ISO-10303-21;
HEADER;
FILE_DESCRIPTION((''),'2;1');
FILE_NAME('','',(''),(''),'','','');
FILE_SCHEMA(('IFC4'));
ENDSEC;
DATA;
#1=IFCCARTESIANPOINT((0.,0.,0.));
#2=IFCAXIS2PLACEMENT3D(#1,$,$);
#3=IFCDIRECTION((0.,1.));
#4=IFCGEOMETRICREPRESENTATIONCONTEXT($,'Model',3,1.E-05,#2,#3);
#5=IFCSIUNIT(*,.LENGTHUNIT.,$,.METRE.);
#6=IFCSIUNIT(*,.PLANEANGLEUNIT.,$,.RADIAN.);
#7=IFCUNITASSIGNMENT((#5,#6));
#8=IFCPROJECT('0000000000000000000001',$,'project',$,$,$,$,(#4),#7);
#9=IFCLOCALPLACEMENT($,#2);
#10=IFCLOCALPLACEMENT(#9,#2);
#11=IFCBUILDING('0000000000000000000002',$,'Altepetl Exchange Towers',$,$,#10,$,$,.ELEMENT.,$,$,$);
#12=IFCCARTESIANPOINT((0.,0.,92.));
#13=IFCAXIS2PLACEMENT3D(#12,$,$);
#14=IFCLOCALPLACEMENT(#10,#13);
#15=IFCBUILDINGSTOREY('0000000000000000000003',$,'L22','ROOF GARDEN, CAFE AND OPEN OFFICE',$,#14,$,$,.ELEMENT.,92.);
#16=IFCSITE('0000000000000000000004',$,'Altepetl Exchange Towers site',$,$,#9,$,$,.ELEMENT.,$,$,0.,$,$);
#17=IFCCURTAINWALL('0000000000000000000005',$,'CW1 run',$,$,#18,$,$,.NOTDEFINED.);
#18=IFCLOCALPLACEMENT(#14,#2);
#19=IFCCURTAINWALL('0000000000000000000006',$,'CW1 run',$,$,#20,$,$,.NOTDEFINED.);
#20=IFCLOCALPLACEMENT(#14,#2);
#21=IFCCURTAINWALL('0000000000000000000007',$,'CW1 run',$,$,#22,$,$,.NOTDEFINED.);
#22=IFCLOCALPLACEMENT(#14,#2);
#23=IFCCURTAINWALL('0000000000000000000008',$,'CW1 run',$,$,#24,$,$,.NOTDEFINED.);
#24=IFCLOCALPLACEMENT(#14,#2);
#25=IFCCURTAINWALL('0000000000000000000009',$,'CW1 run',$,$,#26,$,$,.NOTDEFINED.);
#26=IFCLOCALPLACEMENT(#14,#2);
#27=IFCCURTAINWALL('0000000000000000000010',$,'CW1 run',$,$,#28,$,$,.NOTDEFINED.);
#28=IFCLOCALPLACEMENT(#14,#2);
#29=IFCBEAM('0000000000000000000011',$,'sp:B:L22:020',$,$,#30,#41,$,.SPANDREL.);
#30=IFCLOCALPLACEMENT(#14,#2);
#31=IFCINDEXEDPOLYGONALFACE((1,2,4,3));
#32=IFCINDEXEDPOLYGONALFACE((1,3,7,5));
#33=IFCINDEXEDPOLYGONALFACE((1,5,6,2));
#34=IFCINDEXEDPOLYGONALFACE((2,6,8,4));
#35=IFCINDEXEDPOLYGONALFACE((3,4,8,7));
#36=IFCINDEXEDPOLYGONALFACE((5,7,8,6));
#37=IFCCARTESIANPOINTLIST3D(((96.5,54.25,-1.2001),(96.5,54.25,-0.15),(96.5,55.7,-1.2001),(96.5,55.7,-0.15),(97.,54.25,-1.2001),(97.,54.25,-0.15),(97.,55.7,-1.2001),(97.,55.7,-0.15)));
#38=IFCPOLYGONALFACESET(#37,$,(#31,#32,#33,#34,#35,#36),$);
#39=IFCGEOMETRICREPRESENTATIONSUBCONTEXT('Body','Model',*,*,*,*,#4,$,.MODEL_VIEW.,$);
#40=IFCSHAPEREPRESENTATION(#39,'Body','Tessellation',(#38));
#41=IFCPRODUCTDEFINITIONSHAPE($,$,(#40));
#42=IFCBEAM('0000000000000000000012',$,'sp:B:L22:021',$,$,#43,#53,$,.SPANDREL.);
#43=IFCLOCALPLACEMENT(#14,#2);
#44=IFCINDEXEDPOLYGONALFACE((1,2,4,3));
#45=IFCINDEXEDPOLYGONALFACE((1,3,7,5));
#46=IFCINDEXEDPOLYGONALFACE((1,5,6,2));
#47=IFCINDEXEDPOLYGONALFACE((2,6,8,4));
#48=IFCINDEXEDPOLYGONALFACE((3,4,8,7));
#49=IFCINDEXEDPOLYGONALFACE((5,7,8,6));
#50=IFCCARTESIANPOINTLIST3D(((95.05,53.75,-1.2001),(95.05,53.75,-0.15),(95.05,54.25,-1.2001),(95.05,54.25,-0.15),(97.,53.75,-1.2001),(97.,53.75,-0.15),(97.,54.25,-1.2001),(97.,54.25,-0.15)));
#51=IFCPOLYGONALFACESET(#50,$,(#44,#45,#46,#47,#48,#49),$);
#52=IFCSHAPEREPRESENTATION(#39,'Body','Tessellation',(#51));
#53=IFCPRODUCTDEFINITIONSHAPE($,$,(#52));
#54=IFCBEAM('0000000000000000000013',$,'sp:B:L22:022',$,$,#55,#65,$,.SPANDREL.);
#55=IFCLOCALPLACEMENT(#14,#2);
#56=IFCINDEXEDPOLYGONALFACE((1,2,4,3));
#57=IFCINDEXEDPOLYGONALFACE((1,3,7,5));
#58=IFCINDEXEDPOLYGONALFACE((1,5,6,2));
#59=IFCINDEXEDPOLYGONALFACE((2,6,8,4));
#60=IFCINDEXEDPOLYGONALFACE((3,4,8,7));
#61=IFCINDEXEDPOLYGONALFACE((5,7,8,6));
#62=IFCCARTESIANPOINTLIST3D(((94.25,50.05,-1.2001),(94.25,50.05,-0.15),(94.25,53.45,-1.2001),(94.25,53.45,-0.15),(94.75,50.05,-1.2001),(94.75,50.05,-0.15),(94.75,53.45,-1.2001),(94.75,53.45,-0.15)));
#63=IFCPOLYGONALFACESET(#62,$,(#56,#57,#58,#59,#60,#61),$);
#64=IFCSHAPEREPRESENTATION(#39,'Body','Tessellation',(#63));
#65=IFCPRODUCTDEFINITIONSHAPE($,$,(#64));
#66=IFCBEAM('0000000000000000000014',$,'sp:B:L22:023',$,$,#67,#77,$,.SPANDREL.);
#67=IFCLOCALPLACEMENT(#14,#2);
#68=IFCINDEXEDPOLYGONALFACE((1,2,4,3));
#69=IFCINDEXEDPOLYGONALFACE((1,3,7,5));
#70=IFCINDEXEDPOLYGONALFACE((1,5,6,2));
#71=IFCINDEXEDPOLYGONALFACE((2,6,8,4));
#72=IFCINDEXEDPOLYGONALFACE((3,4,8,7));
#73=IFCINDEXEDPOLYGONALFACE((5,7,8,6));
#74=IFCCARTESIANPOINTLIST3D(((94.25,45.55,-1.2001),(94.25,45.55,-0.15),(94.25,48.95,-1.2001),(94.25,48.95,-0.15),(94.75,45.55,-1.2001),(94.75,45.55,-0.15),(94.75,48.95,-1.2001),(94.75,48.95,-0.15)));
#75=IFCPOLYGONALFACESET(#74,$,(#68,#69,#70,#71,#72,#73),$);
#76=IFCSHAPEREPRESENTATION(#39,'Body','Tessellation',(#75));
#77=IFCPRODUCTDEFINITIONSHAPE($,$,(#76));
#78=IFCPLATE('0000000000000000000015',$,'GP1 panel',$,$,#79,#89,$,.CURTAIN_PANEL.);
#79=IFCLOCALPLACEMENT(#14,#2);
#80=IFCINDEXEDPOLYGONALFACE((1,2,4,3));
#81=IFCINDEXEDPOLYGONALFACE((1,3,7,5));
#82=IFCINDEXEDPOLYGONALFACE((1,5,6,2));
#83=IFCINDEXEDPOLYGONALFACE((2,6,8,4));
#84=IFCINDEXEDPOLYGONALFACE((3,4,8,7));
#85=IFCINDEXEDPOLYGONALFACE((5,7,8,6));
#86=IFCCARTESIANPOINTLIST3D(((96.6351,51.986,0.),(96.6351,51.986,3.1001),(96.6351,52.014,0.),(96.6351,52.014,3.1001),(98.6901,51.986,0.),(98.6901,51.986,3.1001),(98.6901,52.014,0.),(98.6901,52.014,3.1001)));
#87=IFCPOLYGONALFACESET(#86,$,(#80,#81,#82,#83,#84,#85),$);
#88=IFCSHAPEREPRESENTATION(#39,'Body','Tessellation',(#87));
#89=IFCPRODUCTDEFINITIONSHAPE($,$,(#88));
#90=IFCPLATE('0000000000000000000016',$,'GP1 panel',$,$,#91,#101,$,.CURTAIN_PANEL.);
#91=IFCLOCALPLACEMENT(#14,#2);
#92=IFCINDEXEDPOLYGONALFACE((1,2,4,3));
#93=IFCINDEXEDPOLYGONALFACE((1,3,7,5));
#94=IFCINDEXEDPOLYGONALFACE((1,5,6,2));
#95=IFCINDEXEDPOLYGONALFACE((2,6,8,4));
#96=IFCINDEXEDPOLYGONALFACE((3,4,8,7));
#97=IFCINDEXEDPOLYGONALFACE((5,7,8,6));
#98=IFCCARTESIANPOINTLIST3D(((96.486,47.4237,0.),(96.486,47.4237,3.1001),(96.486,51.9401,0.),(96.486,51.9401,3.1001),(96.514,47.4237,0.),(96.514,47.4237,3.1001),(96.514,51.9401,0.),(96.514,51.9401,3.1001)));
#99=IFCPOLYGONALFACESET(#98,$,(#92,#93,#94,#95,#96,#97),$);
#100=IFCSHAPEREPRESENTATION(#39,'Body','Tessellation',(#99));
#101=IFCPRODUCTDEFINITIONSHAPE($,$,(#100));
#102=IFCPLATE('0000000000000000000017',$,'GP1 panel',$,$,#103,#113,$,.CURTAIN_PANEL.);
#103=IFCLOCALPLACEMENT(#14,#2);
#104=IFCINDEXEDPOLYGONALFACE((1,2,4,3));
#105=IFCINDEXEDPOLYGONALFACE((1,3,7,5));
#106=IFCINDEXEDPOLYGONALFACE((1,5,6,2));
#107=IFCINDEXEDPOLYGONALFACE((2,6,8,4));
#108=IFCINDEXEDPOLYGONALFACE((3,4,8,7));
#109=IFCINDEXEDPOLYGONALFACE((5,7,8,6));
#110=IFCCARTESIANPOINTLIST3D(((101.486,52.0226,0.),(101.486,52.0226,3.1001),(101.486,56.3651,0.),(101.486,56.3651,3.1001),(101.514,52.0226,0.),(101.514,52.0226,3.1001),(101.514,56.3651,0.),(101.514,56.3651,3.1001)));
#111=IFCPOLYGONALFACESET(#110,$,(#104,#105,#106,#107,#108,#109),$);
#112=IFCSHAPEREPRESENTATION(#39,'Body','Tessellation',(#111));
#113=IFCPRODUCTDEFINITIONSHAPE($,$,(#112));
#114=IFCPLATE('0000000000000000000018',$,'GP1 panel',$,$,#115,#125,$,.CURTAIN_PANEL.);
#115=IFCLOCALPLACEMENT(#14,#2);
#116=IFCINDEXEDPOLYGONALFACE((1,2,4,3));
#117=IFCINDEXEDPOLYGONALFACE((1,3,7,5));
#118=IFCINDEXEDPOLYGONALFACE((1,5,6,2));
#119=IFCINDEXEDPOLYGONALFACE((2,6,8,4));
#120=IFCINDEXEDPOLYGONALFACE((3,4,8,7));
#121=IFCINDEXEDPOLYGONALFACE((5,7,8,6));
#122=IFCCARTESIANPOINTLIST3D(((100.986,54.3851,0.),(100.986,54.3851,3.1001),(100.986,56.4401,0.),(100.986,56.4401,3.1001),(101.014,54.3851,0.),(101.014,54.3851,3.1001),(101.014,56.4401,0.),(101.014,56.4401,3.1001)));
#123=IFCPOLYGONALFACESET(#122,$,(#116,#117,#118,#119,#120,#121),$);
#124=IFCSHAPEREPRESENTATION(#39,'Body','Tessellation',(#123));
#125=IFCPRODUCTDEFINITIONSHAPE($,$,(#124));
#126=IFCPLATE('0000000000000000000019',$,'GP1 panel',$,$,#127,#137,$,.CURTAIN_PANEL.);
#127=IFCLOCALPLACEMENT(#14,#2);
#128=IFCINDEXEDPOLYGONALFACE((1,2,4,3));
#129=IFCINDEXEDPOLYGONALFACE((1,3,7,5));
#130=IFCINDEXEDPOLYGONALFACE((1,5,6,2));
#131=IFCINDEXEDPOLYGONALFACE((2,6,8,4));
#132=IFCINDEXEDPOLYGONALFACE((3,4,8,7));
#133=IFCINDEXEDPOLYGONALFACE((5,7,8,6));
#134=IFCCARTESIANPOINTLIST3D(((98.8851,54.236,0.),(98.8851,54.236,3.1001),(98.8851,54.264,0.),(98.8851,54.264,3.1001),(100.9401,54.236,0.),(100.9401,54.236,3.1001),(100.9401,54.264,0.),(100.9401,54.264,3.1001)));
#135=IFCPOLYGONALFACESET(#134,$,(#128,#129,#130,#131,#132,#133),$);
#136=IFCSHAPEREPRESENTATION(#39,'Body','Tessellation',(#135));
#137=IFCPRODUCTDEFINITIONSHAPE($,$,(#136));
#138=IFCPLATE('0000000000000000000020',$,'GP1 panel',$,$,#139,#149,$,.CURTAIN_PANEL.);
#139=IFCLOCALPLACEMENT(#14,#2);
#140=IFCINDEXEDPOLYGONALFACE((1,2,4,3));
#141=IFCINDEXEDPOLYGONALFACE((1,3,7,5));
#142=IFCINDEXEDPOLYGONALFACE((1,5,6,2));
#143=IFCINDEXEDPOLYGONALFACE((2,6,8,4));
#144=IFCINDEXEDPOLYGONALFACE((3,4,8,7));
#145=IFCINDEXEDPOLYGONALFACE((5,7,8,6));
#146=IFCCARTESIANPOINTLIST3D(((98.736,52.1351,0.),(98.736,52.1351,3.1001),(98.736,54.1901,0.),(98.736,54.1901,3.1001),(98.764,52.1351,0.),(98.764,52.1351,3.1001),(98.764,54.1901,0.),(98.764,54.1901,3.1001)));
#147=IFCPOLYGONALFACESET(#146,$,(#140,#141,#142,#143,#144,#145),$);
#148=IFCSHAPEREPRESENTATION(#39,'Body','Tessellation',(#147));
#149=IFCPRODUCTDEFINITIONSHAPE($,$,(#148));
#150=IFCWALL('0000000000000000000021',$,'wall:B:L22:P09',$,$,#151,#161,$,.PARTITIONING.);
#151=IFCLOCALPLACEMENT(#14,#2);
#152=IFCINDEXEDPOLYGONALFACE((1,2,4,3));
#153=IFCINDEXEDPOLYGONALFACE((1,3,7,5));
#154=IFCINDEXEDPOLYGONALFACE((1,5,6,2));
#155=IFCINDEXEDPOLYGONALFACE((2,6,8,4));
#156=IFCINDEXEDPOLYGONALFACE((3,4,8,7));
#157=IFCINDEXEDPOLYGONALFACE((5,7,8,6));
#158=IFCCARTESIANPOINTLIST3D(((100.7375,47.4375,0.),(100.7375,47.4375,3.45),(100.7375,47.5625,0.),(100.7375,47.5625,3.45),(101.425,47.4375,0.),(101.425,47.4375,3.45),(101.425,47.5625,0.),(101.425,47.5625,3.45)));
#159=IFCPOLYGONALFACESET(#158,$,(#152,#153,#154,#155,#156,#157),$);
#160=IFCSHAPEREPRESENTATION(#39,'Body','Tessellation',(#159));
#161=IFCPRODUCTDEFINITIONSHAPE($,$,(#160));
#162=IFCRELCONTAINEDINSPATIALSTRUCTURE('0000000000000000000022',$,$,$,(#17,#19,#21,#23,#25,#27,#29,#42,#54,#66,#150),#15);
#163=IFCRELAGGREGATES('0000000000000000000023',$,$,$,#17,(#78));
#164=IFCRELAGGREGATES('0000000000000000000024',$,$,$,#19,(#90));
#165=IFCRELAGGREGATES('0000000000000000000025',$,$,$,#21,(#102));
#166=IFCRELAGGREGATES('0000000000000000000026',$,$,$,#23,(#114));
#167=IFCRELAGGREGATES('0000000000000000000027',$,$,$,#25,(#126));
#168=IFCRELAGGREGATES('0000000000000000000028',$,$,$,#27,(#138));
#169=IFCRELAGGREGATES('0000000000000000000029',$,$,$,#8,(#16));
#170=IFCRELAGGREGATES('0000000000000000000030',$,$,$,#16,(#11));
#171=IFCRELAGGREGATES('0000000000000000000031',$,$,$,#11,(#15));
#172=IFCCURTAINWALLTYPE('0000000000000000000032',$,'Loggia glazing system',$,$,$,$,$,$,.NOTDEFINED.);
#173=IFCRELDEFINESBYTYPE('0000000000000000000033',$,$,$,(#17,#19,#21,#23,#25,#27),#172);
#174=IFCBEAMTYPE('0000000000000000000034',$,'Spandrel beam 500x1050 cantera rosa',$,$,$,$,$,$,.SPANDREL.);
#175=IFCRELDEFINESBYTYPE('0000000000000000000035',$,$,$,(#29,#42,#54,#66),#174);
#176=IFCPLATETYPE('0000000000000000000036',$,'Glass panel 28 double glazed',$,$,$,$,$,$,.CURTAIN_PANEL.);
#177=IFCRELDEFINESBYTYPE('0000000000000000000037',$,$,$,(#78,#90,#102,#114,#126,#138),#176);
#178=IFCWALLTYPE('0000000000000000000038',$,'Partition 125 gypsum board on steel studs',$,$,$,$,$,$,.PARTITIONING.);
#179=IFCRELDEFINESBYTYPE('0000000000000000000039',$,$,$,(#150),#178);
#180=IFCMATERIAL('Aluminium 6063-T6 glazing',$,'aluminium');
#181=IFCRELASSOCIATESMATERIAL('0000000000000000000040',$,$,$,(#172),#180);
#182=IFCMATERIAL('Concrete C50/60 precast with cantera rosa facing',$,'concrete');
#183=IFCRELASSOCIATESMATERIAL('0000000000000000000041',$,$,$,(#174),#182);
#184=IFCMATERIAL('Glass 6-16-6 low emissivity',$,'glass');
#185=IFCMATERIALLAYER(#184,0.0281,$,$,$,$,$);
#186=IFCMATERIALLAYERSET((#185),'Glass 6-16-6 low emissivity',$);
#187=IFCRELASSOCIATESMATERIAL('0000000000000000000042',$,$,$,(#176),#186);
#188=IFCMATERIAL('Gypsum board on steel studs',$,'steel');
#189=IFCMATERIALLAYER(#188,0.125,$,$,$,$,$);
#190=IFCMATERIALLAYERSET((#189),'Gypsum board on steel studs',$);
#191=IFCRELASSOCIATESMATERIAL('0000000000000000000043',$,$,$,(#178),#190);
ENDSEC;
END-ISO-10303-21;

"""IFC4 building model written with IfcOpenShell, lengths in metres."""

from ifc_helpers import new_model, si_unit, direction, frame, frame_2d, origin, origin_2d, place, context, subcontext, project, spatial, rectangle, extrude, material, layer, layer_set, material_profile, profile_set, type_object, element, aggregate, save


model = new_model("IFC4")

# Units and contexts
model_context = context("Model", 3, precision=1e-05, world=origin(), true_north=direction((0.0, 1.0)))
body_context = subcontext(model_context, "Body", "Model", "MODEL_VIEW")
ifc_project = project(units=[si_unit("LENGTHUNIT", "METRE"), si_unit("PLANEANGLEUNIT", "RADIAN")], contexts=[model_context])

# Site, building, storey
site_placement = place(None, origin())
site = spatial("IfcSite", under=ifc_project, at=site_placement, Name="Altepetl Exchange Towers site", CompositionType="ELEMENT", RefElevation=0.0)
building_placement = place(site_placement, origin())
building = spatial("IfcBuilding", under=site, at=building_placement, Name="Altepetl Exchange Towers", CompositionType="ELEMENT")
storey_placement = place(building_placement, frame((0.0, 0.0, 92.0)))
storey = spatial("IfcBuildingStorey", under=building, at=storey_placement, Name="L22", Description="ROOF GARDEN, CAFE AND OPEN OFFICE", CompositionType="ELEMENT", Elevation=92.0)

# Curtain walls
ifc_material_1 = material(Name="Aluminium 6063-T6 glazing", Category="aluminium")
curtain_wall_type = type_object("IfcCurtainWallType", Name="Loggia glazing system", PredefinedType="NOTDEFINED", material=ifc_material_1)
curtain_wall_1_placement = place(storey_placement, origin())
curtain_wall_1 = element("IfcCurtainWall", 1, at=curtain_wall_1_placement, inside=storey, type_object=curtain_wall_type, Name="CW1 run", PredefinedType="NOTDEFINED")
curtain_wall_2_placement = place(storey_placement, origin())
curtain_wall_2 = element("IfcCurtainWall", 2, at=curtain_wall_2_placement, inside=storey, type_object=curtain_wall_type, Name="CW1 run", PredefinedType="NOTDEFINED")

# Curtain walls
curtain_wall_3_placement = place(storey_placement, origin())
curtain_wall_3 = element("IfcCurtainWall", 3, at=curtain_wall_3_placement, inside=storey, type_object=curtain_wall_type, Name="CW1 run", PredefinedType="NOTDEFINED")
curtain_wall_4_placement = place(storey_placement, origin())
curtain_wall_4 = element("IfcCurtainWall", 4, at=curtain_wall_4_placement, inside=storey, type_object=curtain_wall_type, Name="CW1 run", PredefinedType="NOTDEFINED")
curtain_wall_5_placement = place(storey_placement, origin())
curtain_wall_5 = element("IfcCurtainWall", 5, at=curtain_wall_5_placement, inside=storey, type_object=curtain_wall_type, Name="CW1 run", PredefinedType="NOTDEFINED")
curtain_wall_6_placement = place(storey_placement, origin())
curtain_wall_6 = element("IfcCurtainWall", 6, at=curtain_wall_6_placement, inside=storey, type_object=curtain_wall_type, Name="CW1 run", PredefinedType="NOTDEFINED")

# Beams
ifc_material_2 = material(Name="Concrete C50/60 precast with cantera rosa facing", Category="concrete")
ifc_material_profile_1 = material_profile(ifc_material_2, rectangle(XDim=0.5, YDim=1.05, at=origin_2d()), Name="500 x 1050")
ifc_profile_set_1 = profile_set([ifc_material_profile_1], Name="Concrete C50/60 precast with cantera rosa facing")
beam_type_1 = type_object("IfcBeamType", Name="Spandrel beam 500x1050 cantera rosa", PredefinedType="SPANDREL", material=ifc_profile_set_1)
beam_1_placement = place(storey_placement, frame((96.75, 55.7, -0.675), z_axis=(0.0, -1.0, 0.0), x_axis=(1.0, 0.0, 0.0)))
element("IfcBeam", 7, at=beam_1_placement, inside=storey, type_object=beam_type_1, Name="sp:B:L22:020", PredefinedType="SPANDREL", context=body_context, shape_type="SweptSolid", body=[
    extrude(rectangle(XDim=0.5, YDim=1.05, at=origin_2d()), origin(), (0.0, 0.0, 1.0), 1.45),
])
beam_2_placement = place(storey_placement, frame((97.0, 54.0, -0.675), z_axis=(-1.0, 0.0, 0.0), x_axis=(0.0, -1.0, 0.0)))
element("IfcBeam", 8, at=beam_2_placement, inside=storey, type_object=beam_type_1, Name="sp:B:L22:021", PredefinedType="SPANDREL", context=body_context, shape_type="SweptSolid", body=[
    extrude(rectangle(XDim=0.5, YDim=1.05, at=origin_2d()), origin(), (0.0, 0.0, 1.0), 1.95),
])
for number, where, z_axis, x_axis, name in (
    (9, (94.5, 53.45, -0.675), (0.0, -1.0, 0.0), (1.0, 0.0, 0.0), "sp:B:L22:022"),
    (10, (94.5, 48.95, -0.675), (0.0, -1.0, 0.0), (1.0, 0.0, 0.0), "sp:B:L22:023"),
):
    element("IfcBeam", number, at=place(storey_placement, frame(where, z_axis=z_axis, x_axis=x_axis)), inside=storey, type_object=beam_type_1, Name=name, PredefinedType="SPANDREL", context=body_context, shape_type="SweptSolid", body=[
        extrude(rectangle(XDim=0.5, YDim=1.05, at=origin_2d()), origin(), (0.0, 0.0, 1.0), 3.3999),
    ])

# Plates
ifc_material_3 = material(Name="Glass 6-16-6 low emissivity", Category="glass")
ifc_layer_1 = layer(ifc_material_3, 0.0281)
ifc_layer_set_1 = layer_set([ifc_layer_1], Name="Glass 6-16-6 low emissivity")
plate_type = type_object("IfcPlateType", Name="Glass panel 28 double glazed", PredefinedType="CURTAIN_PANEL", material=ifc_layer_set_1)
plate_1_placement = place(storey_placement, frame((97.6626, 52.0, 0.0), z_axis=(0.0, 0.0, 1.0), x_axis=(-1.0, 0.0, 0.0)))
plate_1 = element("IfcPlate", 11, at=plate_1_placement, type_object=plate_type, Name="GP1 panel", PredefinedType="CURTAIN_PANEL", context=body_context, shape_type="SweptSolid", body=[
    extrude(rectangle(XDim=2.0549, YDim=0.0281, at=origin_2d()), origin(), (0.0, 0.0, 1.0), 3.1001),
])
aggregate(curtain_wall_1, [plate_1])
plate_2_placement = place(storey_placement, frame((96.5, 49.6819, 0.0), z_axis=(0.0, 0.0, 1.0), x_axis=(0.0, -1.0, 0.0)))
plate_2 = element("IfcPlate", 12, at=plate_2_placement, type_object=plate_type, Name="GP1 panel", PredefinedType="CURTAIN_PANEL", context=body_context, shape_type="SweptSolid", body=[
    extrude(rectangle(XDim=4.5164, YDim=0.0281, at=origin_2d()), origin(), (0.0, 0.0, 1.0), 3.1001),
])
aggregate(curtain_wall_2, [plate_2])
plate_3_placement = place(storey_placement, frame((101.5, 54.1938, 0.0), z_axis=(0.0, 0.0, 1.0), x_axis=(0.0, 1.0, 0.0)))
plate_3 = element("IfcPlate", 13, at=plate_3_placement, type_object=plate_type, Name="GP1 panel", PredefinedType="CURTAIN_PANEL", context=body_context, shape_type="SweptSolid", body=[
    extrude(rectangle(XDim=4.3425, YDim=0.0281, at=origin_2d()), origin(), (0.0, 0.0, 1.0), 3.1001),
])
aggregate(curtain_wall_3, [plate_3])
plate_4_placement = place(storey_placement, frame((101.0, 55.4126, 0.0), z_axis=(0.0, 0.0, 1.0), x_axis=(0.0, -1.0, 0.0)))
plate_4 = element("IfcPlate", 14, at=plate_4_placement, type_object=plate_type, Name="GP1 panel", PredefinedType="CURTAIN_PANEL", context=body_context, shape_type="SweptSolid", body=[
    extrude(rectangle(XDim=2.0549, YDim=0.0281, at=origin_2d()), origin(), (0.0, 0.0, 1.0), 3.1001),
])
aggregate(curtain_wall_4, [plate_4])
plate_5_placement = place(storey_placement, frame((99.9126, 54.25, 0.0), z_axis=(0.0, 0.0, 1.0), x_axis=(-1.0, 0.0, 0.0)))
plate_5 = element("IfcPlate", 15, at=plate_5_placement, type_object=plate_type, Name="GP1 panel", PredefinedType="CURTAIN_PANEL", context=body_context, shape_type="SweptSolid", body=[
    extrude(rectangle(XDim=2.0549, YDim=0.0281, at=origin_2d()), origin(), (0.0, 0.0, 1.0), 3.1001),
])
aggregate(curtain_wall_5, [plate_5])
plate_6_placement = place(storey_placement, frame((98.75, 53.1626, 0.0), z_axis=(0.0, 0.0, 1.0), x_axis=(0.0, -1.0, 0.0)))
plate_6 = element("IfcPlate", 16, at=plate_6_placement, type_object=plate_type, Name="GP1 panel", PredefinedType="CURTAIN_PANEL", context=body_context, shape_type="SweptSolid", body=[
    extrude(rectangle(XDim=2.0549, YDim=0.0281, at=origin_2d()), origin(), (0.0, 0.0, 1.0), 3.1001),
])
aggregate(curtain_wall_6, [plate_6])

# Wall
ifc_material_4 = material(Name="Gypsum board on steel studs", Category="steel")
ifc_layer_2 = layer(ifc_material_4, 0.125)
ifc_layer_set_2 = layer_set([ifc_layer_2], Name="Gypsum board on steel studs")
wall_type_1 = type_object("IfcWallType", Name="Partition 125 gypsum board on steel studs", PredefinedType="PARTITIONING", material=ifc_layer_set_2)
wall_1_placement = place(storey_placement, frame((100.7375, 47.5, 0.0)))
element("IfcWall", 17, at=wall_1_placement, inside=storey, type_object=wall_type_1, Name="wall:B:L22:P09", PredefinedType="PARTITIONING", context=body_context, shape_type="SweptSolid", body=[
    extrude(rectangle(XDim=0.6875, YDim=0.125, at=frame_2d((0.3438, 0.0))), origin(), (0.0, 0.0, 1.0), 3.45),
])

save(model, "model.ifc")
